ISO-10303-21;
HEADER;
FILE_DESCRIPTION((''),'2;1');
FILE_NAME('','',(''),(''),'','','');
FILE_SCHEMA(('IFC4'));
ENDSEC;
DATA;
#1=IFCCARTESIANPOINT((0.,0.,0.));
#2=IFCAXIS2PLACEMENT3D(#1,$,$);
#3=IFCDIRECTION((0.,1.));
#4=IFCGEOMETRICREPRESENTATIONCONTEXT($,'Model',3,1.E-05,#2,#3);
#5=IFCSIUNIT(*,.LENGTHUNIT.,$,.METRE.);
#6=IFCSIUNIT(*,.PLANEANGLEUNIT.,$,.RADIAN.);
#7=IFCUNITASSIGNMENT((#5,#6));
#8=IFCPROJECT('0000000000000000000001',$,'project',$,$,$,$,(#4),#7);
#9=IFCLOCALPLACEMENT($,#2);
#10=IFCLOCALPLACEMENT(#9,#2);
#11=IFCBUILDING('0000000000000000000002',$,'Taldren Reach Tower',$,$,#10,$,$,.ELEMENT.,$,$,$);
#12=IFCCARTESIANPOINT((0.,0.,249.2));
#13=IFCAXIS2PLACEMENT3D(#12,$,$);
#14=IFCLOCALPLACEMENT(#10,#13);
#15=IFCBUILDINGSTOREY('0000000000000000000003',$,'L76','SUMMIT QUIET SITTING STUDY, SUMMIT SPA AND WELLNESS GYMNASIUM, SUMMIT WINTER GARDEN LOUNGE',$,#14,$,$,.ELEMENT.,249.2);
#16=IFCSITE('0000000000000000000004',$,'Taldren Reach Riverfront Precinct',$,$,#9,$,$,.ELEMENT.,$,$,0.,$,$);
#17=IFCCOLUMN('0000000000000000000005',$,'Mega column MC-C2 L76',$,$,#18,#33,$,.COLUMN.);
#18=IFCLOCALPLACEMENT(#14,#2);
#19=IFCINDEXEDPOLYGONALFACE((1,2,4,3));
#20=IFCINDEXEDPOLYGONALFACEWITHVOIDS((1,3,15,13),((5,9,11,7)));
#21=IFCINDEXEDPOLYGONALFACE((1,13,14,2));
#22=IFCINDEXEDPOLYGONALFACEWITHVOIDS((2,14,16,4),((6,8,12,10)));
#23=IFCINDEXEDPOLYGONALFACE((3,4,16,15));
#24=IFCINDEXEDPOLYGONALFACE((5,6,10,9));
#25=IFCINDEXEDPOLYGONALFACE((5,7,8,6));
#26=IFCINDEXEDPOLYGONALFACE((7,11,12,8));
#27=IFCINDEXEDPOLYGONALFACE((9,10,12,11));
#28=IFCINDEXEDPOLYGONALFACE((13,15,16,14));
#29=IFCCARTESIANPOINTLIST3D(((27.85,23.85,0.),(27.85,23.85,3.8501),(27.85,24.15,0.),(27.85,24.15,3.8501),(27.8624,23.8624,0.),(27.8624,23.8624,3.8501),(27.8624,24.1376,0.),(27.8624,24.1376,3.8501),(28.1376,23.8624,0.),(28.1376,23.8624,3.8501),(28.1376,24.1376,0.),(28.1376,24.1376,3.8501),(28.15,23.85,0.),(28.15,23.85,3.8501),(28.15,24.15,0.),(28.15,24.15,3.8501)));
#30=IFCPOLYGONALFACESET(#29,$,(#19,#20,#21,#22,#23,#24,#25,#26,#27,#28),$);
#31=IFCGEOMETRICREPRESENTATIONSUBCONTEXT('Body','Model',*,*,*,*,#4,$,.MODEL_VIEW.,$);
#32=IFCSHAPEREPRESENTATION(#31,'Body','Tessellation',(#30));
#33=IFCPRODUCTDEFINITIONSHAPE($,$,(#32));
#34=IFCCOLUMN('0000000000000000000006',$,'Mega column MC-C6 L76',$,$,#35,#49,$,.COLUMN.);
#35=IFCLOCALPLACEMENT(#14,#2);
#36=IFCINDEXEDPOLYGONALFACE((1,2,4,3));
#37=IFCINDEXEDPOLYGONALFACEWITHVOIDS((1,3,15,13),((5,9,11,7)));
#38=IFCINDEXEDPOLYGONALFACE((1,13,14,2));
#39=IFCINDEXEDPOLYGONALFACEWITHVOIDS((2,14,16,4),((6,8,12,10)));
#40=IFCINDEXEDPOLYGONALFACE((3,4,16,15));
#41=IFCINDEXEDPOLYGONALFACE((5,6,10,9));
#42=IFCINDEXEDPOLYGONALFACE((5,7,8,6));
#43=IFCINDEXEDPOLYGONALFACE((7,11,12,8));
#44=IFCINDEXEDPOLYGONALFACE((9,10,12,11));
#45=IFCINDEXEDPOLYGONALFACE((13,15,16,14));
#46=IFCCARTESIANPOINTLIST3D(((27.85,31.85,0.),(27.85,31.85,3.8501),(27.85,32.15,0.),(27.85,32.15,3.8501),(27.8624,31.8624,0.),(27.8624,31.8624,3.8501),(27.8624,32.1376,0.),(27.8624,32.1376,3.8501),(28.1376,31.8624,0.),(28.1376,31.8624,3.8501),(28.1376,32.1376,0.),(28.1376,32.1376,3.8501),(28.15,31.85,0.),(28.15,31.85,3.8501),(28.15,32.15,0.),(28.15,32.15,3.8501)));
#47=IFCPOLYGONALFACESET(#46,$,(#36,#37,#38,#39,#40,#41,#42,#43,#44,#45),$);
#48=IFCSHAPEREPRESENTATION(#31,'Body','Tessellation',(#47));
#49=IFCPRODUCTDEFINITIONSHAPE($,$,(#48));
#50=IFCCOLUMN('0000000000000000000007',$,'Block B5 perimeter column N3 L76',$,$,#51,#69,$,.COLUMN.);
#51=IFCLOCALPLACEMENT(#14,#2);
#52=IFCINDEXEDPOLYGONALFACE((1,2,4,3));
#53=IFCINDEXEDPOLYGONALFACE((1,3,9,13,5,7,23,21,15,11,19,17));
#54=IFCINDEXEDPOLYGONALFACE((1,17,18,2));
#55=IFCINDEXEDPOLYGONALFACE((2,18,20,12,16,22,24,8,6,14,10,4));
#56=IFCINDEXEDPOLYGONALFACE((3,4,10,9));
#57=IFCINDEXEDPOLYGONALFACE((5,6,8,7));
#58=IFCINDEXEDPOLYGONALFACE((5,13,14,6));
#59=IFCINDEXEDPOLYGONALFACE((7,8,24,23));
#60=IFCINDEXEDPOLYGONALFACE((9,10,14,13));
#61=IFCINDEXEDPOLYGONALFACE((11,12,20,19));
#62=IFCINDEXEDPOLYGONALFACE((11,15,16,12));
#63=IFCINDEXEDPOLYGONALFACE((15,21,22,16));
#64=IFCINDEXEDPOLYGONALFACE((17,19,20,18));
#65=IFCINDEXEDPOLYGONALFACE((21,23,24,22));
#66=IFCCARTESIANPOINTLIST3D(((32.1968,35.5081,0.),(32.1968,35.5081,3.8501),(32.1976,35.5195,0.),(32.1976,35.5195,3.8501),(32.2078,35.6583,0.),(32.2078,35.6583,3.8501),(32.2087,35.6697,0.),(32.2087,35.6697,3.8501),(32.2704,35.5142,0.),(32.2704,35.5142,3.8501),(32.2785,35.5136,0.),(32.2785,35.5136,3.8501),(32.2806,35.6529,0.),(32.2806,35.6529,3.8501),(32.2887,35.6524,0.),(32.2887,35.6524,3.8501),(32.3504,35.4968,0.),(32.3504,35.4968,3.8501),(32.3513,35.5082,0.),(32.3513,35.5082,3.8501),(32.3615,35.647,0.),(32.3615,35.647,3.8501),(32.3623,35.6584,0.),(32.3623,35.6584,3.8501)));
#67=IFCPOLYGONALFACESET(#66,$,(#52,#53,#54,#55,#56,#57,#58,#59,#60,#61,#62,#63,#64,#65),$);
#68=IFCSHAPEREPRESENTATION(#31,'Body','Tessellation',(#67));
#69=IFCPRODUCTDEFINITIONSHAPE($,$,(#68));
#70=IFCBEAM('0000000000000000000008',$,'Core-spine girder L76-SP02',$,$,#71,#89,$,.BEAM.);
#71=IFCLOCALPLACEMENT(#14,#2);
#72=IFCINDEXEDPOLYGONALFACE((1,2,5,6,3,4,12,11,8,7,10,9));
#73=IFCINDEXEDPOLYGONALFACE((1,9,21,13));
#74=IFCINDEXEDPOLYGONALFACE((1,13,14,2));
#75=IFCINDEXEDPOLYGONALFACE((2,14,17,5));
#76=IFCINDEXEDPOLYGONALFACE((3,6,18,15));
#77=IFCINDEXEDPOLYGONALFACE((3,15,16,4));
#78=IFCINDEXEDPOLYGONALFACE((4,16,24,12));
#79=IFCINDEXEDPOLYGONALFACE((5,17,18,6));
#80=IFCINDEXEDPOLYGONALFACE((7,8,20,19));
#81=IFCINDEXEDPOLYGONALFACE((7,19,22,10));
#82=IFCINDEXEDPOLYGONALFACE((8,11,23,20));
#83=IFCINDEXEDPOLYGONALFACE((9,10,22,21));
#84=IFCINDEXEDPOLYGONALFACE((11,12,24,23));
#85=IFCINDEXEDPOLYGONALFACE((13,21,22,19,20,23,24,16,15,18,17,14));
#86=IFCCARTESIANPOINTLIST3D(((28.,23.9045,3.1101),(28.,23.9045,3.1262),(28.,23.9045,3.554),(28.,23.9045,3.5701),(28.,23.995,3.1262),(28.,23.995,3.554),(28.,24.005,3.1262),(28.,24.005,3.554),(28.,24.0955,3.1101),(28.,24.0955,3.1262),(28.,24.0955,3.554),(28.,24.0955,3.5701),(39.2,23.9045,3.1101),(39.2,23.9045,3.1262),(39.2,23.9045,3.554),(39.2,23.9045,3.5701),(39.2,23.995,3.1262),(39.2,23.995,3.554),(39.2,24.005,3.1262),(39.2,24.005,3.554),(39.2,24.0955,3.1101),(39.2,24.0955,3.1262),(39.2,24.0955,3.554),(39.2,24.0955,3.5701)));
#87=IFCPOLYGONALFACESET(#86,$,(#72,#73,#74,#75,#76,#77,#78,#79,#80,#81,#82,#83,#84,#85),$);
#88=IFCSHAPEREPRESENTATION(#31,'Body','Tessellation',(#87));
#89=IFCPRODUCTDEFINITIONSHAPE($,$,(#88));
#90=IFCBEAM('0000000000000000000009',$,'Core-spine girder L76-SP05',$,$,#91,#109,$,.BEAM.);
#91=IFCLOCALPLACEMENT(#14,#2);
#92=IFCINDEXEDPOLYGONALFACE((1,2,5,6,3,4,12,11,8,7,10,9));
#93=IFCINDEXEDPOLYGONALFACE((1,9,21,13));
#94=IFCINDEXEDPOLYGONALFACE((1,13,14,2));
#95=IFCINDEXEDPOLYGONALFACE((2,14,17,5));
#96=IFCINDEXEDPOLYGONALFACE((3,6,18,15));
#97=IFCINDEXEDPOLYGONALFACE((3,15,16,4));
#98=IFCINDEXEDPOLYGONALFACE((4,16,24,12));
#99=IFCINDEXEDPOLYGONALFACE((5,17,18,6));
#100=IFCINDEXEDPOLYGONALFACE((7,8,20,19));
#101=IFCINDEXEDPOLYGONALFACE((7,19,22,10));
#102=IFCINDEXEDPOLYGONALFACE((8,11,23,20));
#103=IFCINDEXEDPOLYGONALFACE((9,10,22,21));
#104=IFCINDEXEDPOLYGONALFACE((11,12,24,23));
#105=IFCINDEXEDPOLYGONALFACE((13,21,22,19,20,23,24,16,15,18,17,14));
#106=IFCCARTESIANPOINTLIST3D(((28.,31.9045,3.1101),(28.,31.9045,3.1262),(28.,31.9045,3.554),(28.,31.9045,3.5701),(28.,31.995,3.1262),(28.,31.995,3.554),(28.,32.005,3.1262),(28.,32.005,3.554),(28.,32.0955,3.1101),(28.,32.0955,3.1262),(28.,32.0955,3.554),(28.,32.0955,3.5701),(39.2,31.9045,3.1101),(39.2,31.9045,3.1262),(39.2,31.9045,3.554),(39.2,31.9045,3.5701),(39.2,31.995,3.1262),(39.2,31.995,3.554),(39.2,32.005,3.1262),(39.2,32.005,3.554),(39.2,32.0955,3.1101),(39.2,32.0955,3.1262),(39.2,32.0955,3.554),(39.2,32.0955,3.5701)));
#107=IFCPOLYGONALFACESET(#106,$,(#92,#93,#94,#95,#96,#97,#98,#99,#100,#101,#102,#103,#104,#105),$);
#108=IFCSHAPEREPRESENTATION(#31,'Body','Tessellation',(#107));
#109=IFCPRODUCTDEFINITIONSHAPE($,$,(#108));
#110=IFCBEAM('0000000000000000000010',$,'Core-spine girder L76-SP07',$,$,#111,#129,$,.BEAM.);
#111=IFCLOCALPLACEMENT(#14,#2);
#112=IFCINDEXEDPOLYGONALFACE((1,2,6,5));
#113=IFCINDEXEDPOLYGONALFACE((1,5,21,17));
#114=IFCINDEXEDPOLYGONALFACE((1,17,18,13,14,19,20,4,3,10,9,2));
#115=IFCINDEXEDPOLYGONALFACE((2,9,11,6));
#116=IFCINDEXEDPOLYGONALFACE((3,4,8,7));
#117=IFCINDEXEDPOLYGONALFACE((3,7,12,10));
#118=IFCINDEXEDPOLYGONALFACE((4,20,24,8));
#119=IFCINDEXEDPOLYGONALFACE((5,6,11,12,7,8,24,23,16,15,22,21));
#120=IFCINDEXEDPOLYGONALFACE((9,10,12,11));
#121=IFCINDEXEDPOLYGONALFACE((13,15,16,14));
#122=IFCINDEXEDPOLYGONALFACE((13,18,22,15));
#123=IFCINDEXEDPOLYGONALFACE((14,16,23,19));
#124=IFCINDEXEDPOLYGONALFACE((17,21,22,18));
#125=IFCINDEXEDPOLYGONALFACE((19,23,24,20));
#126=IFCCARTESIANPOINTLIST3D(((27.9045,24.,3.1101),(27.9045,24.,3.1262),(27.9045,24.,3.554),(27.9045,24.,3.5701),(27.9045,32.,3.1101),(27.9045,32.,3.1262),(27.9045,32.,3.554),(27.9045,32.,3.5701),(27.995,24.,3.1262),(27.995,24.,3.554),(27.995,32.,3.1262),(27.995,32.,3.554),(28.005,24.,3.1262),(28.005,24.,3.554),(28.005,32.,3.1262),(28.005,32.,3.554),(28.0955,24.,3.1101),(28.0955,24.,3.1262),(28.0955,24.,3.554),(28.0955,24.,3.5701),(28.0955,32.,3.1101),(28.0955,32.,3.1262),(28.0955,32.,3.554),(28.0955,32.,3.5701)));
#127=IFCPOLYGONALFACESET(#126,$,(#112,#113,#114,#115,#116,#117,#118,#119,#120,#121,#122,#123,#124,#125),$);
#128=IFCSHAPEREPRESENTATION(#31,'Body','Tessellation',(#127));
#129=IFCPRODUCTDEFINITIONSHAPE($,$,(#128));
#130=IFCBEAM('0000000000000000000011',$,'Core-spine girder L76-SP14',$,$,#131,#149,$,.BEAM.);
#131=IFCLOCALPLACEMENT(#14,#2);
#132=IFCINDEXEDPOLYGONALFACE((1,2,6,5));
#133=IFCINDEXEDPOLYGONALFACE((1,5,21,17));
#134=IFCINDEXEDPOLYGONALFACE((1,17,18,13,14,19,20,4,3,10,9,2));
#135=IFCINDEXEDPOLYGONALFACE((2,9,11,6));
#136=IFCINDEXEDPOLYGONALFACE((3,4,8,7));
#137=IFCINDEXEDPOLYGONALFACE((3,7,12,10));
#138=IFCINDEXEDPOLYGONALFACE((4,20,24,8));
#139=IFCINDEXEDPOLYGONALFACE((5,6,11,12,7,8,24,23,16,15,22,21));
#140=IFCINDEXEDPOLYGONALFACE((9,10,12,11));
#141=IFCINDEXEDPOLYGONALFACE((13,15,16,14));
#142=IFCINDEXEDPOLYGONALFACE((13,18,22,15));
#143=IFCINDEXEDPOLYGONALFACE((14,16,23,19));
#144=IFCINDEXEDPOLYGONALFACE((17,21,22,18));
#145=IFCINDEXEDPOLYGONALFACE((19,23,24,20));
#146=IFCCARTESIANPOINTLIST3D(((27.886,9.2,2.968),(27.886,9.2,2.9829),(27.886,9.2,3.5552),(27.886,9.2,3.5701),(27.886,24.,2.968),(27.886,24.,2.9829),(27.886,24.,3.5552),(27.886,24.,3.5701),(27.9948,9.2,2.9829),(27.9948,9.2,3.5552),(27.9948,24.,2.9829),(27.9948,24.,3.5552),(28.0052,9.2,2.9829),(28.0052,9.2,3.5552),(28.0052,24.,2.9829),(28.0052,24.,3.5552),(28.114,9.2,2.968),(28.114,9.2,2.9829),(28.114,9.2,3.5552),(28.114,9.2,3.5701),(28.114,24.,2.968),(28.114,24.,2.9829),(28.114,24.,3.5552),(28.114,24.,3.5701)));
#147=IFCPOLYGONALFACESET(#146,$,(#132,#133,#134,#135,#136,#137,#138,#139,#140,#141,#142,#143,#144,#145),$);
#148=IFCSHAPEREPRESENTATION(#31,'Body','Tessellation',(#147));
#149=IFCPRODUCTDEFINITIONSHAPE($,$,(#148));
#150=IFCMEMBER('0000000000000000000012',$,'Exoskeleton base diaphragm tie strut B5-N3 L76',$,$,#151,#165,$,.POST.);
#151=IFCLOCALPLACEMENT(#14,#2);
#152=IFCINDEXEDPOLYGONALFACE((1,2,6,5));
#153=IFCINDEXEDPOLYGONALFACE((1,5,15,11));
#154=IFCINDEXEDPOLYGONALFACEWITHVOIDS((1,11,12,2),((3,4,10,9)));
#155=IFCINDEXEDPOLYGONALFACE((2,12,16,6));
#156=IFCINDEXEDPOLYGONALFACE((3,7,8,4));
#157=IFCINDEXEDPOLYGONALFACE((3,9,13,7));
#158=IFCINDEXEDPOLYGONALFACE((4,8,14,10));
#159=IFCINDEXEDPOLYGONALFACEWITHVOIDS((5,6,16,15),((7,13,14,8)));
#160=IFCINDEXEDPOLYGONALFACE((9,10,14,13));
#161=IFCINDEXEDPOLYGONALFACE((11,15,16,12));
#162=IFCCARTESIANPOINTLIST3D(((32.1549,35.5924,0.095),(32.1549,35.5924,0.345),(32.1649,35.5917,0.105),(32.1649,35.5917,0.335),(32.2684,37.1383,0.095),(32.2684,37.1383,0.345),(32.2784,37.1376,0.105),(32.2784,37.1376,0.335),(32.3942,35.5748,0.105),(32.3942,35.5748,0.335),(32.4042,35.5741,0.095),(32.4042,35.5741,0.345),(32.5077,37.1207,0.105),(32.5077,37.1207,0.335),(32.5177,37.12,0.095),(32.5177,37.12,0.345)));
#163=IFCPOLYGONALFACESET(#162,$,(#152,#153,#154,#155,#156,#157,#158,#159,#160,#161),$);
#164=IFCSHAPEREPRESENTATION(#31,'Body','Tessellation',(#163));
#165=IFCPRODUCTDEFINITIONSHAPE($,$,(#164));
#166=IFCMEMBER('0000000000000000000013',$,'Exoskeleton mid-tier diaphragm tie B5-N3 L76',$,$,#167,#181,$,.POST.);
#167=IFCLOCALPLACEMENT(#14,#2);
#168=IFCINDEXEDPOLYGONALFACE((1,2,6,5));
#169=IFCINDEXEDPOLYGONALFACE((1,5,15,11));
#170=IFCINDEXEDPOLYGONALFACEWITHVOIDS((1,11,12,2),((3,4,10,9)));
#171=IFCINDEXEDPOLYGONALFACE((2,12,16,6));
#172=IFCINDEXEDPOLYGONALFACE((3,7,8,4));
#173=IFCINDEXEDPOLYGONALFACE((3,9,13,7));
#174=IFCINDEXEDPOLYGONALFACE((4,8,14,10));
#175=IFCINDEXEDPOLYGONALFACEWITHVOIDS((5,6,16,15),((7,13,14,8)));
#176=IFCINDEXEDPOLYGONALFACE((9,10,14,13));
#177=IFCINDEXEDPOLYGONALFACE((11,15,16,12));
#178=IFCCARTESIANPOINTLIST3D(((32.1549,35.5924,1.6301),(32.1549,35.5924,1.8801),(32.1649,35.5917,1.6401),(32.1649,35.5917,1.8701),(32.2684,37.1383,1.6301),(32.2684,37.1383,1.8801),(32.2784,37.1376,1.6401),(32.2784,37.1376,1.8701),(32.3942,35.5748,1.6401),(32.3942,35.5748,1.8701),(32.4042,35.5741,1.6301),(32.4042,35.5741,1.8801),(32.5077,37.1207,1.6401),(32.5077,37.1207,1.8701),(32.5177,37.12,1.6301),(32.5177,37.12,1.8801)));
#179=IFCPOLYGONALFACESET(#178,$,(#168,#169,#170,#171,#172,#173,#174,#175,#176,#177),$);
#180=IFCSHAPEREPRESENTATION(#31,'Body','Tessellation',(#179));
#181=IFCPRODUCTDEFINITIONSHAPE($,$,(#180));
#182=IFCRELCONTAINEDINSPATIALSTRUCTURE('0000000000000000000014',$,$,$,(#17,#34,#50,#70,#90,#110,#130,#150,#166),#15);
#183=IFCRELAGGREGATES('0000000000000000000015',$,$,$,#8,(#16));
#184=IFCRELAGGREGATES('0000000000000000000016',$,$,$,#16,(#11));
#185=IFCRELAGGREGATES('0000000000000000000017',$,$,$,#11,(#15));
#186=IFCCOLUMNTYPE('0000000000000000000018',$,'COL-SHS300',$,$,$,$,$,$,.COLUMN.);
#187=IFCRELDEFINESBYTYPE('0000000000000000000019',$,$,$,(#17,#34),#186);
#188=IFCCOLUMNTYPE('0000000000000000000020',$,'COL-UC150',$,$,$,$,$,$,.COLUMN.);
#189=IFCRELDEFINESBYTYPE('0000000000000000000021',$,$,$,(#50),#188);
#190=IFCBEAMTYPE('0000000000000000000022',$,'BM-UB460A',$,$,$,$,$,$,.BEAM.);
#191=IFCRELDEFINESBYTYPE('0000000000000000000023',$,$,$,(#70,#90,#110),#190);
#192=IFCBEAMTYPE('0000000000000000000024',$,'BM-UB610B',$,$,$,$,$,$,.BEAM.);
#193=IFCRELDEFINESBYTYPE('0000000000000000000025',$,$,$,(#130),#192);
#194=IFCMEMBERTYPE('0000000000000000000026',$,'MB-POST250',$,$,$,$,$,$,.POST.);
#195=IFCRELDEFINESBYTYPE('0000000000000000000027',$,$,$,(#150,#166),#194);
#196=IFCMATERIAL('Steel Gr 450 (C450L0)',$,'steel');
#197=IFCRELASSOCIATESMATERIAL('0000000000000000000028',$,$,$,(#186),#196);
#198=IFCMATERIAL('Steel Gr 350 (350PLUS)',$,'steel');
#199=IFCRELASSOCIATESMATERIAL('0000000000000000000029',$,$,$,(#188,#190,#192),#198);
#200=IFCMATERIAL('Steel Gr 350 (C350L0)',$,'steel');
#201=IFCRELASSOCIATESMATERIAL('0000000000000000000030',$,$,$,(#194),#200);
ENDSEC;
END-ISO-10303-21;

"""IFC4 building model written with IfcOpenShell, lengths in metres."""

from ifc_helpers import new_model, si_unit, direction, frame, origin, origin_2d, place, context, subcontext, project, spatial, hollow_rectangle, i_section, extrude, source, transform, mapped, material, material_profile, profile_set, type_object, element, save


model = new_model("IFC4")

# Units and contexts
model_context = context("Model", 3, precision=1e-05, world=origin(), true_north=direction((0.0, 1.0)))
body_context = subcontext(model_context, "Body", "Model", "MODEL_VIEW")
ifc_project = project(units=[si_unit("LENGTHUNIT", "METRE"), si_unit("PLANEANGLEUNIT", "RADIAN")], contexts=[model_context])

# Site, building, storey
site_placement = place(None, origin())
site = spatial("IfcSite", under=ifc_project, at=site_placement, Name="Taldren Reach Riverfront Precinct", CompositionType="ELEMENT", RefElevation=0.0)
building_placement = place(site_placement, origin())
building = spatial("IfcBuilding", under=site, at=building_placement, Name="Taldren Reach Tower", CompositionType="ELEMENT")
storey_placement = place(building_placement, frame((0.0, 0.0, 249.2)))
storey = spatial("IfcBuildingStorey", under=building, at=storey_placement, Name="L76", Description="SUMMIT QUIET SITTING STUDY, SUMMIT SPA AND WELLNESS GYMNASIUM, SUMMIT WINTER GARDEN LOUNGE", CompositionType="ELEMENT", Elevation=249.2)

# Columns
ifc_material_1 = material(Name="Steel Gr 450 (C450L0)", Category="steel")
ifc_material_profile_1 = material_profile(ifc_material_1, hollow_rectangle(XDim=0.3, YDim=0.3, WallThickness=0.0125, at=origin_2d()), Name="300x300x12.5SHS")
ifc_profile_set_1 = profile_set([ifc_material_profile_1], Name="Steel Gr 450 (C450L0)")
column_type_1 = type_object("IfcColumnType", Name="COL-SHS300", PredefinedType="COLUMN", material=ifc_profile_set_1)
shared_shape_1 = source(origin(), body_context, "Body", "SweptSolid", [
    extrude(hollow_rectangle(XDim=0.3, YDim=0.3, WallThickness=0.0125, at=origin_2d()), origin(), (0.0, 0.0, 1.0), 3.8501),
])
for number, where, z_axis, x_axis, name in (
    (1, (28.0, 24.0, 0.0), (0.0, 0.0, 1.0), (1.0, 0.0, 0.0), "Mega column MC-C2 L76"),
    (2, (28.0, 32.0, 0.0), (0.0, 0.0, 1.0), (1.0, 0.0, 0.0), "Mega column MC-C6 L76"),
):
    element("IfcColumn", number, at=place(storey_placement, frame(where, z_axis=z_axis, x_axis=x_axis)), inside=storey, type_object=column_type_1, Name=name, PredefinedType="COLUMN", context=body_context, shape_type="MappedRepresentation", body=[
        mapped(shared_shape_1, transform((0.0, 0.0, 0.0), scale=1.0)),
    ])
ifc_material_2 = material(Name="Steel Gr 350 (350PLUS)", Category="steel")
ifc_material_profile_2 = material_profile(ifc_material_2, i_section(OverallWidth=0.1541, OverallDepth=0.1621, WebThickness=0.0081, FlangeThickness=0.0115, at=origin_2d()), Name="150UC37.2")
ifc_profile_set_2 = profile_set([ifc_material_profile_2], Name="Steel Gr 350 (350PLUS)")
column_type_2 = type_object("IfcColumnType", Name="COL-UC150", PredefinedType="COLUMN", material=ifc_profile_set_2)
shared_shape_2 = source(origin(), body_context, "Body", "SweptSolid", [
    extrude(i_section(OverallWidth=0.1541, OverallDepth=0.1621, WebThickness=0.0081, FlangeThickness=0.0115, at=origin_2d()), origin(), (0.0, 0.0, 1.0), 3.8501),
])
column_placement = place(storey_placement, frame((32.2795, 35.5833, 0.0), z_axis=(0.0, 0.0, 1.0), x_axis=(0.997314, -0.073238, 0.0)))
element("IfcColumn", 3, at=column_placement, inside=storey, type_object=column_type_2, Name="Block B5 perimeter column N3 L76", PredefinedType="COLUMN", context=body_context, shape_type="MappedRepresentation", body=[
    mapped(shared_shape_2, transform((0.0, 0.0, 0.0), scale=1.0)),
])

# Beams
ifc_material_profile_3 = material_profile(ifc_material_2, i_section(OverallWidth=0.1909, OverallDepth=0.46, WebThickness=0.01, FlangeThickness=0.0161, at=origin_2d()), Name="460UB82.1")
ifc_profile_set_3 = profile_set([ifc_material_profile_3], Name="Steel Gr 350 (350PLUS)")
beam_type_1 = type_object("IfcBeamType", Name="BM-UB460A", PredefinedType="BEAM", material=ifc_profile_set_3)
shared_shape_3 = source(origin(), body_context, "Body", "SweptSolid", [
    extrude(i_section(OverallWidth=0.1909, OverallDepth=0.46, WebThickness=0.01, FlangeThickness=0.0161, at=origin_2d()), origin(), (0.0, 0.0, 1.0), 11.2),
])
for number, where, z_axis, x_axis, name in (
    (4, (28.0, 24.0, 3.3401), (1.0, 0.0, 0.0), (0.0, 1.0, 0.0), "Core-spine girder L76-SP02"),
    (5, (28.0, 32.0, 3.3401), (1.0, 0.0, 0.0), (0.0, 1.0, 0.0), "Core-spine girder L76-SP05"),
):
    element("IfcBeam", number, at=place(storey_placement, frame(where, z_axis=z_axis, x_axis=x_axis)), inside=storey, type_object=beam_type_1, Name=name, PredefinedType="BEAM", context=body_context, shape_type="MappedRepresentation", body=[
        mapped(shared_shape_3, transform((0.0, 0.0, 0.0), scale=1.0)),
    ])
shared_shape_4 = source(origin(), body_context, "Body", "SweptSolid", [
    extrude(i_section(OverallWidth=0.1909, OverallDepth=0.46, WebThickness=0.01, FlangeThickness=0.0161, at=origin_2d()), origin(), (0.0, 0.0, 1.0), 8.0),
])
beam_1_placement = place(storey_placement, frame((28.0, 24.0, 3.3401), z_axis=(0.0, 1.0, 0.0), x_axis=(-1.0, 0.0, 0.0)))
element("IfcBeam", 6, at=beam_1_placement, inside=storey, type_object=beam_type_1, Name="Core-spine girder L76-SP07", PredefinedType="BEAM", context=body_context, shape_type="MappedRepresentation", body=[
    mapped(shared_shape_4, transform((0.0, 0.0, 0.0), scale=1.0)),
])
ifc_material_profile_4 = material_profile(ifc_material_2, i_section(OverallWidth=0.228, OverallDepth=0.6021, WebThickness=0.0105, FlangeThickness=0.0149, at=origin_2d()), Name="610UB101")
ifc_profile_set_4 = profile_set([ifc_material_profile_4], Name="Steel Gr 350 (350PLUS)")
beam_type_2 = type_object("IfcBeamType", Name="BM-UB610B", PredefinedType="BEAM", material=ifc_profile_set_4)
shared_shape_5 = source(origin(), body_context, "Body", "SweptSolid", [
    extrude(i_section(OverallWidth=0.228, OverallDepth=0.6021, WebThickness=0.0105, FlangeThickness=0.0149, at=origin_2d()), origin(), (0.0, 0.0, 1.0), 14.8),
])
beam_2_placement = place(storey_placement, frame((28.0, 24.0, 3.269), z_axis=(0.0, -1.0, 0.0), x_axis=(1.0, 0.0, 0.0)))
element("IfcBeam", 7, at=beam_2_placement, inside=storey, type_object=beam_type_2, Name="Core-spine girder L76-SP14", PredefinedType="BEAM", context=body_context, shape_type="MappedRepresentation", body=[
    mapped(shared_shape_5, transform((0.0, 0.0, 0.0), scale=1.0)),
])

# Members
ifc_material_3 = material(Name="Steel Gr 350 (C350L0)", Category="steel")
ifc_material_profile_5 = material_profile(ifc_material_3, hollow_rectangle(XDim=0.25, YDim=0.25, WallThickness=0.01, at=origin_2d()), Name="250x250x10.0SHS")
ifc_profile_set_5 = profile_set([ifc_material_profile_5], Name="Steel Gr 350 (C350L0)")
member_type_1 = type_object("IfcMemberType", Name="MB-POST250", PredefinedType="POST", material=ifc_profile_set_5)
shared_shape_6 = source(origin(), body_context, "Body", "SweptSolid", [
    extrude(hollow_rectangle(XDim=0.25, YDim=0.25, WallThickness=0.01, at=origin_2d()), origin(), (0.0, 0.0, 1.0), 1.55),
])
for number, where, z_axis, x_axis, name in (
    (8, (32.2795, 35.5833, 0.22), (0.073239, 0.997314, 0.0), (-0.997314, 0.073239, 0.0), "Exoskeleton base diaphragm tie strut B5-N3 L76"),
    (9, (32.2795, 35.5833, 1.7551), (0.073239, 0.997314, 0.0), (-0.997314, 0.073239, 0.0), "Exoskeleton mid-tier diaphragm tie B5-N3 L76"),
):
    element("IfcMember", number, at=place(storey_placement, frame(where, z_axis=z_axis, x_axis=x_axis)), inside=storey, type_object=member_type_1, Name=name, PredefinedType="POST", context=body_context, shape_type="MappedRepresentation", body=[
        mapped(shared_shape_6, transform((0.0, 0.0, 0.0), scale=1.0)),
    ])

save(model, "model.ifc")
